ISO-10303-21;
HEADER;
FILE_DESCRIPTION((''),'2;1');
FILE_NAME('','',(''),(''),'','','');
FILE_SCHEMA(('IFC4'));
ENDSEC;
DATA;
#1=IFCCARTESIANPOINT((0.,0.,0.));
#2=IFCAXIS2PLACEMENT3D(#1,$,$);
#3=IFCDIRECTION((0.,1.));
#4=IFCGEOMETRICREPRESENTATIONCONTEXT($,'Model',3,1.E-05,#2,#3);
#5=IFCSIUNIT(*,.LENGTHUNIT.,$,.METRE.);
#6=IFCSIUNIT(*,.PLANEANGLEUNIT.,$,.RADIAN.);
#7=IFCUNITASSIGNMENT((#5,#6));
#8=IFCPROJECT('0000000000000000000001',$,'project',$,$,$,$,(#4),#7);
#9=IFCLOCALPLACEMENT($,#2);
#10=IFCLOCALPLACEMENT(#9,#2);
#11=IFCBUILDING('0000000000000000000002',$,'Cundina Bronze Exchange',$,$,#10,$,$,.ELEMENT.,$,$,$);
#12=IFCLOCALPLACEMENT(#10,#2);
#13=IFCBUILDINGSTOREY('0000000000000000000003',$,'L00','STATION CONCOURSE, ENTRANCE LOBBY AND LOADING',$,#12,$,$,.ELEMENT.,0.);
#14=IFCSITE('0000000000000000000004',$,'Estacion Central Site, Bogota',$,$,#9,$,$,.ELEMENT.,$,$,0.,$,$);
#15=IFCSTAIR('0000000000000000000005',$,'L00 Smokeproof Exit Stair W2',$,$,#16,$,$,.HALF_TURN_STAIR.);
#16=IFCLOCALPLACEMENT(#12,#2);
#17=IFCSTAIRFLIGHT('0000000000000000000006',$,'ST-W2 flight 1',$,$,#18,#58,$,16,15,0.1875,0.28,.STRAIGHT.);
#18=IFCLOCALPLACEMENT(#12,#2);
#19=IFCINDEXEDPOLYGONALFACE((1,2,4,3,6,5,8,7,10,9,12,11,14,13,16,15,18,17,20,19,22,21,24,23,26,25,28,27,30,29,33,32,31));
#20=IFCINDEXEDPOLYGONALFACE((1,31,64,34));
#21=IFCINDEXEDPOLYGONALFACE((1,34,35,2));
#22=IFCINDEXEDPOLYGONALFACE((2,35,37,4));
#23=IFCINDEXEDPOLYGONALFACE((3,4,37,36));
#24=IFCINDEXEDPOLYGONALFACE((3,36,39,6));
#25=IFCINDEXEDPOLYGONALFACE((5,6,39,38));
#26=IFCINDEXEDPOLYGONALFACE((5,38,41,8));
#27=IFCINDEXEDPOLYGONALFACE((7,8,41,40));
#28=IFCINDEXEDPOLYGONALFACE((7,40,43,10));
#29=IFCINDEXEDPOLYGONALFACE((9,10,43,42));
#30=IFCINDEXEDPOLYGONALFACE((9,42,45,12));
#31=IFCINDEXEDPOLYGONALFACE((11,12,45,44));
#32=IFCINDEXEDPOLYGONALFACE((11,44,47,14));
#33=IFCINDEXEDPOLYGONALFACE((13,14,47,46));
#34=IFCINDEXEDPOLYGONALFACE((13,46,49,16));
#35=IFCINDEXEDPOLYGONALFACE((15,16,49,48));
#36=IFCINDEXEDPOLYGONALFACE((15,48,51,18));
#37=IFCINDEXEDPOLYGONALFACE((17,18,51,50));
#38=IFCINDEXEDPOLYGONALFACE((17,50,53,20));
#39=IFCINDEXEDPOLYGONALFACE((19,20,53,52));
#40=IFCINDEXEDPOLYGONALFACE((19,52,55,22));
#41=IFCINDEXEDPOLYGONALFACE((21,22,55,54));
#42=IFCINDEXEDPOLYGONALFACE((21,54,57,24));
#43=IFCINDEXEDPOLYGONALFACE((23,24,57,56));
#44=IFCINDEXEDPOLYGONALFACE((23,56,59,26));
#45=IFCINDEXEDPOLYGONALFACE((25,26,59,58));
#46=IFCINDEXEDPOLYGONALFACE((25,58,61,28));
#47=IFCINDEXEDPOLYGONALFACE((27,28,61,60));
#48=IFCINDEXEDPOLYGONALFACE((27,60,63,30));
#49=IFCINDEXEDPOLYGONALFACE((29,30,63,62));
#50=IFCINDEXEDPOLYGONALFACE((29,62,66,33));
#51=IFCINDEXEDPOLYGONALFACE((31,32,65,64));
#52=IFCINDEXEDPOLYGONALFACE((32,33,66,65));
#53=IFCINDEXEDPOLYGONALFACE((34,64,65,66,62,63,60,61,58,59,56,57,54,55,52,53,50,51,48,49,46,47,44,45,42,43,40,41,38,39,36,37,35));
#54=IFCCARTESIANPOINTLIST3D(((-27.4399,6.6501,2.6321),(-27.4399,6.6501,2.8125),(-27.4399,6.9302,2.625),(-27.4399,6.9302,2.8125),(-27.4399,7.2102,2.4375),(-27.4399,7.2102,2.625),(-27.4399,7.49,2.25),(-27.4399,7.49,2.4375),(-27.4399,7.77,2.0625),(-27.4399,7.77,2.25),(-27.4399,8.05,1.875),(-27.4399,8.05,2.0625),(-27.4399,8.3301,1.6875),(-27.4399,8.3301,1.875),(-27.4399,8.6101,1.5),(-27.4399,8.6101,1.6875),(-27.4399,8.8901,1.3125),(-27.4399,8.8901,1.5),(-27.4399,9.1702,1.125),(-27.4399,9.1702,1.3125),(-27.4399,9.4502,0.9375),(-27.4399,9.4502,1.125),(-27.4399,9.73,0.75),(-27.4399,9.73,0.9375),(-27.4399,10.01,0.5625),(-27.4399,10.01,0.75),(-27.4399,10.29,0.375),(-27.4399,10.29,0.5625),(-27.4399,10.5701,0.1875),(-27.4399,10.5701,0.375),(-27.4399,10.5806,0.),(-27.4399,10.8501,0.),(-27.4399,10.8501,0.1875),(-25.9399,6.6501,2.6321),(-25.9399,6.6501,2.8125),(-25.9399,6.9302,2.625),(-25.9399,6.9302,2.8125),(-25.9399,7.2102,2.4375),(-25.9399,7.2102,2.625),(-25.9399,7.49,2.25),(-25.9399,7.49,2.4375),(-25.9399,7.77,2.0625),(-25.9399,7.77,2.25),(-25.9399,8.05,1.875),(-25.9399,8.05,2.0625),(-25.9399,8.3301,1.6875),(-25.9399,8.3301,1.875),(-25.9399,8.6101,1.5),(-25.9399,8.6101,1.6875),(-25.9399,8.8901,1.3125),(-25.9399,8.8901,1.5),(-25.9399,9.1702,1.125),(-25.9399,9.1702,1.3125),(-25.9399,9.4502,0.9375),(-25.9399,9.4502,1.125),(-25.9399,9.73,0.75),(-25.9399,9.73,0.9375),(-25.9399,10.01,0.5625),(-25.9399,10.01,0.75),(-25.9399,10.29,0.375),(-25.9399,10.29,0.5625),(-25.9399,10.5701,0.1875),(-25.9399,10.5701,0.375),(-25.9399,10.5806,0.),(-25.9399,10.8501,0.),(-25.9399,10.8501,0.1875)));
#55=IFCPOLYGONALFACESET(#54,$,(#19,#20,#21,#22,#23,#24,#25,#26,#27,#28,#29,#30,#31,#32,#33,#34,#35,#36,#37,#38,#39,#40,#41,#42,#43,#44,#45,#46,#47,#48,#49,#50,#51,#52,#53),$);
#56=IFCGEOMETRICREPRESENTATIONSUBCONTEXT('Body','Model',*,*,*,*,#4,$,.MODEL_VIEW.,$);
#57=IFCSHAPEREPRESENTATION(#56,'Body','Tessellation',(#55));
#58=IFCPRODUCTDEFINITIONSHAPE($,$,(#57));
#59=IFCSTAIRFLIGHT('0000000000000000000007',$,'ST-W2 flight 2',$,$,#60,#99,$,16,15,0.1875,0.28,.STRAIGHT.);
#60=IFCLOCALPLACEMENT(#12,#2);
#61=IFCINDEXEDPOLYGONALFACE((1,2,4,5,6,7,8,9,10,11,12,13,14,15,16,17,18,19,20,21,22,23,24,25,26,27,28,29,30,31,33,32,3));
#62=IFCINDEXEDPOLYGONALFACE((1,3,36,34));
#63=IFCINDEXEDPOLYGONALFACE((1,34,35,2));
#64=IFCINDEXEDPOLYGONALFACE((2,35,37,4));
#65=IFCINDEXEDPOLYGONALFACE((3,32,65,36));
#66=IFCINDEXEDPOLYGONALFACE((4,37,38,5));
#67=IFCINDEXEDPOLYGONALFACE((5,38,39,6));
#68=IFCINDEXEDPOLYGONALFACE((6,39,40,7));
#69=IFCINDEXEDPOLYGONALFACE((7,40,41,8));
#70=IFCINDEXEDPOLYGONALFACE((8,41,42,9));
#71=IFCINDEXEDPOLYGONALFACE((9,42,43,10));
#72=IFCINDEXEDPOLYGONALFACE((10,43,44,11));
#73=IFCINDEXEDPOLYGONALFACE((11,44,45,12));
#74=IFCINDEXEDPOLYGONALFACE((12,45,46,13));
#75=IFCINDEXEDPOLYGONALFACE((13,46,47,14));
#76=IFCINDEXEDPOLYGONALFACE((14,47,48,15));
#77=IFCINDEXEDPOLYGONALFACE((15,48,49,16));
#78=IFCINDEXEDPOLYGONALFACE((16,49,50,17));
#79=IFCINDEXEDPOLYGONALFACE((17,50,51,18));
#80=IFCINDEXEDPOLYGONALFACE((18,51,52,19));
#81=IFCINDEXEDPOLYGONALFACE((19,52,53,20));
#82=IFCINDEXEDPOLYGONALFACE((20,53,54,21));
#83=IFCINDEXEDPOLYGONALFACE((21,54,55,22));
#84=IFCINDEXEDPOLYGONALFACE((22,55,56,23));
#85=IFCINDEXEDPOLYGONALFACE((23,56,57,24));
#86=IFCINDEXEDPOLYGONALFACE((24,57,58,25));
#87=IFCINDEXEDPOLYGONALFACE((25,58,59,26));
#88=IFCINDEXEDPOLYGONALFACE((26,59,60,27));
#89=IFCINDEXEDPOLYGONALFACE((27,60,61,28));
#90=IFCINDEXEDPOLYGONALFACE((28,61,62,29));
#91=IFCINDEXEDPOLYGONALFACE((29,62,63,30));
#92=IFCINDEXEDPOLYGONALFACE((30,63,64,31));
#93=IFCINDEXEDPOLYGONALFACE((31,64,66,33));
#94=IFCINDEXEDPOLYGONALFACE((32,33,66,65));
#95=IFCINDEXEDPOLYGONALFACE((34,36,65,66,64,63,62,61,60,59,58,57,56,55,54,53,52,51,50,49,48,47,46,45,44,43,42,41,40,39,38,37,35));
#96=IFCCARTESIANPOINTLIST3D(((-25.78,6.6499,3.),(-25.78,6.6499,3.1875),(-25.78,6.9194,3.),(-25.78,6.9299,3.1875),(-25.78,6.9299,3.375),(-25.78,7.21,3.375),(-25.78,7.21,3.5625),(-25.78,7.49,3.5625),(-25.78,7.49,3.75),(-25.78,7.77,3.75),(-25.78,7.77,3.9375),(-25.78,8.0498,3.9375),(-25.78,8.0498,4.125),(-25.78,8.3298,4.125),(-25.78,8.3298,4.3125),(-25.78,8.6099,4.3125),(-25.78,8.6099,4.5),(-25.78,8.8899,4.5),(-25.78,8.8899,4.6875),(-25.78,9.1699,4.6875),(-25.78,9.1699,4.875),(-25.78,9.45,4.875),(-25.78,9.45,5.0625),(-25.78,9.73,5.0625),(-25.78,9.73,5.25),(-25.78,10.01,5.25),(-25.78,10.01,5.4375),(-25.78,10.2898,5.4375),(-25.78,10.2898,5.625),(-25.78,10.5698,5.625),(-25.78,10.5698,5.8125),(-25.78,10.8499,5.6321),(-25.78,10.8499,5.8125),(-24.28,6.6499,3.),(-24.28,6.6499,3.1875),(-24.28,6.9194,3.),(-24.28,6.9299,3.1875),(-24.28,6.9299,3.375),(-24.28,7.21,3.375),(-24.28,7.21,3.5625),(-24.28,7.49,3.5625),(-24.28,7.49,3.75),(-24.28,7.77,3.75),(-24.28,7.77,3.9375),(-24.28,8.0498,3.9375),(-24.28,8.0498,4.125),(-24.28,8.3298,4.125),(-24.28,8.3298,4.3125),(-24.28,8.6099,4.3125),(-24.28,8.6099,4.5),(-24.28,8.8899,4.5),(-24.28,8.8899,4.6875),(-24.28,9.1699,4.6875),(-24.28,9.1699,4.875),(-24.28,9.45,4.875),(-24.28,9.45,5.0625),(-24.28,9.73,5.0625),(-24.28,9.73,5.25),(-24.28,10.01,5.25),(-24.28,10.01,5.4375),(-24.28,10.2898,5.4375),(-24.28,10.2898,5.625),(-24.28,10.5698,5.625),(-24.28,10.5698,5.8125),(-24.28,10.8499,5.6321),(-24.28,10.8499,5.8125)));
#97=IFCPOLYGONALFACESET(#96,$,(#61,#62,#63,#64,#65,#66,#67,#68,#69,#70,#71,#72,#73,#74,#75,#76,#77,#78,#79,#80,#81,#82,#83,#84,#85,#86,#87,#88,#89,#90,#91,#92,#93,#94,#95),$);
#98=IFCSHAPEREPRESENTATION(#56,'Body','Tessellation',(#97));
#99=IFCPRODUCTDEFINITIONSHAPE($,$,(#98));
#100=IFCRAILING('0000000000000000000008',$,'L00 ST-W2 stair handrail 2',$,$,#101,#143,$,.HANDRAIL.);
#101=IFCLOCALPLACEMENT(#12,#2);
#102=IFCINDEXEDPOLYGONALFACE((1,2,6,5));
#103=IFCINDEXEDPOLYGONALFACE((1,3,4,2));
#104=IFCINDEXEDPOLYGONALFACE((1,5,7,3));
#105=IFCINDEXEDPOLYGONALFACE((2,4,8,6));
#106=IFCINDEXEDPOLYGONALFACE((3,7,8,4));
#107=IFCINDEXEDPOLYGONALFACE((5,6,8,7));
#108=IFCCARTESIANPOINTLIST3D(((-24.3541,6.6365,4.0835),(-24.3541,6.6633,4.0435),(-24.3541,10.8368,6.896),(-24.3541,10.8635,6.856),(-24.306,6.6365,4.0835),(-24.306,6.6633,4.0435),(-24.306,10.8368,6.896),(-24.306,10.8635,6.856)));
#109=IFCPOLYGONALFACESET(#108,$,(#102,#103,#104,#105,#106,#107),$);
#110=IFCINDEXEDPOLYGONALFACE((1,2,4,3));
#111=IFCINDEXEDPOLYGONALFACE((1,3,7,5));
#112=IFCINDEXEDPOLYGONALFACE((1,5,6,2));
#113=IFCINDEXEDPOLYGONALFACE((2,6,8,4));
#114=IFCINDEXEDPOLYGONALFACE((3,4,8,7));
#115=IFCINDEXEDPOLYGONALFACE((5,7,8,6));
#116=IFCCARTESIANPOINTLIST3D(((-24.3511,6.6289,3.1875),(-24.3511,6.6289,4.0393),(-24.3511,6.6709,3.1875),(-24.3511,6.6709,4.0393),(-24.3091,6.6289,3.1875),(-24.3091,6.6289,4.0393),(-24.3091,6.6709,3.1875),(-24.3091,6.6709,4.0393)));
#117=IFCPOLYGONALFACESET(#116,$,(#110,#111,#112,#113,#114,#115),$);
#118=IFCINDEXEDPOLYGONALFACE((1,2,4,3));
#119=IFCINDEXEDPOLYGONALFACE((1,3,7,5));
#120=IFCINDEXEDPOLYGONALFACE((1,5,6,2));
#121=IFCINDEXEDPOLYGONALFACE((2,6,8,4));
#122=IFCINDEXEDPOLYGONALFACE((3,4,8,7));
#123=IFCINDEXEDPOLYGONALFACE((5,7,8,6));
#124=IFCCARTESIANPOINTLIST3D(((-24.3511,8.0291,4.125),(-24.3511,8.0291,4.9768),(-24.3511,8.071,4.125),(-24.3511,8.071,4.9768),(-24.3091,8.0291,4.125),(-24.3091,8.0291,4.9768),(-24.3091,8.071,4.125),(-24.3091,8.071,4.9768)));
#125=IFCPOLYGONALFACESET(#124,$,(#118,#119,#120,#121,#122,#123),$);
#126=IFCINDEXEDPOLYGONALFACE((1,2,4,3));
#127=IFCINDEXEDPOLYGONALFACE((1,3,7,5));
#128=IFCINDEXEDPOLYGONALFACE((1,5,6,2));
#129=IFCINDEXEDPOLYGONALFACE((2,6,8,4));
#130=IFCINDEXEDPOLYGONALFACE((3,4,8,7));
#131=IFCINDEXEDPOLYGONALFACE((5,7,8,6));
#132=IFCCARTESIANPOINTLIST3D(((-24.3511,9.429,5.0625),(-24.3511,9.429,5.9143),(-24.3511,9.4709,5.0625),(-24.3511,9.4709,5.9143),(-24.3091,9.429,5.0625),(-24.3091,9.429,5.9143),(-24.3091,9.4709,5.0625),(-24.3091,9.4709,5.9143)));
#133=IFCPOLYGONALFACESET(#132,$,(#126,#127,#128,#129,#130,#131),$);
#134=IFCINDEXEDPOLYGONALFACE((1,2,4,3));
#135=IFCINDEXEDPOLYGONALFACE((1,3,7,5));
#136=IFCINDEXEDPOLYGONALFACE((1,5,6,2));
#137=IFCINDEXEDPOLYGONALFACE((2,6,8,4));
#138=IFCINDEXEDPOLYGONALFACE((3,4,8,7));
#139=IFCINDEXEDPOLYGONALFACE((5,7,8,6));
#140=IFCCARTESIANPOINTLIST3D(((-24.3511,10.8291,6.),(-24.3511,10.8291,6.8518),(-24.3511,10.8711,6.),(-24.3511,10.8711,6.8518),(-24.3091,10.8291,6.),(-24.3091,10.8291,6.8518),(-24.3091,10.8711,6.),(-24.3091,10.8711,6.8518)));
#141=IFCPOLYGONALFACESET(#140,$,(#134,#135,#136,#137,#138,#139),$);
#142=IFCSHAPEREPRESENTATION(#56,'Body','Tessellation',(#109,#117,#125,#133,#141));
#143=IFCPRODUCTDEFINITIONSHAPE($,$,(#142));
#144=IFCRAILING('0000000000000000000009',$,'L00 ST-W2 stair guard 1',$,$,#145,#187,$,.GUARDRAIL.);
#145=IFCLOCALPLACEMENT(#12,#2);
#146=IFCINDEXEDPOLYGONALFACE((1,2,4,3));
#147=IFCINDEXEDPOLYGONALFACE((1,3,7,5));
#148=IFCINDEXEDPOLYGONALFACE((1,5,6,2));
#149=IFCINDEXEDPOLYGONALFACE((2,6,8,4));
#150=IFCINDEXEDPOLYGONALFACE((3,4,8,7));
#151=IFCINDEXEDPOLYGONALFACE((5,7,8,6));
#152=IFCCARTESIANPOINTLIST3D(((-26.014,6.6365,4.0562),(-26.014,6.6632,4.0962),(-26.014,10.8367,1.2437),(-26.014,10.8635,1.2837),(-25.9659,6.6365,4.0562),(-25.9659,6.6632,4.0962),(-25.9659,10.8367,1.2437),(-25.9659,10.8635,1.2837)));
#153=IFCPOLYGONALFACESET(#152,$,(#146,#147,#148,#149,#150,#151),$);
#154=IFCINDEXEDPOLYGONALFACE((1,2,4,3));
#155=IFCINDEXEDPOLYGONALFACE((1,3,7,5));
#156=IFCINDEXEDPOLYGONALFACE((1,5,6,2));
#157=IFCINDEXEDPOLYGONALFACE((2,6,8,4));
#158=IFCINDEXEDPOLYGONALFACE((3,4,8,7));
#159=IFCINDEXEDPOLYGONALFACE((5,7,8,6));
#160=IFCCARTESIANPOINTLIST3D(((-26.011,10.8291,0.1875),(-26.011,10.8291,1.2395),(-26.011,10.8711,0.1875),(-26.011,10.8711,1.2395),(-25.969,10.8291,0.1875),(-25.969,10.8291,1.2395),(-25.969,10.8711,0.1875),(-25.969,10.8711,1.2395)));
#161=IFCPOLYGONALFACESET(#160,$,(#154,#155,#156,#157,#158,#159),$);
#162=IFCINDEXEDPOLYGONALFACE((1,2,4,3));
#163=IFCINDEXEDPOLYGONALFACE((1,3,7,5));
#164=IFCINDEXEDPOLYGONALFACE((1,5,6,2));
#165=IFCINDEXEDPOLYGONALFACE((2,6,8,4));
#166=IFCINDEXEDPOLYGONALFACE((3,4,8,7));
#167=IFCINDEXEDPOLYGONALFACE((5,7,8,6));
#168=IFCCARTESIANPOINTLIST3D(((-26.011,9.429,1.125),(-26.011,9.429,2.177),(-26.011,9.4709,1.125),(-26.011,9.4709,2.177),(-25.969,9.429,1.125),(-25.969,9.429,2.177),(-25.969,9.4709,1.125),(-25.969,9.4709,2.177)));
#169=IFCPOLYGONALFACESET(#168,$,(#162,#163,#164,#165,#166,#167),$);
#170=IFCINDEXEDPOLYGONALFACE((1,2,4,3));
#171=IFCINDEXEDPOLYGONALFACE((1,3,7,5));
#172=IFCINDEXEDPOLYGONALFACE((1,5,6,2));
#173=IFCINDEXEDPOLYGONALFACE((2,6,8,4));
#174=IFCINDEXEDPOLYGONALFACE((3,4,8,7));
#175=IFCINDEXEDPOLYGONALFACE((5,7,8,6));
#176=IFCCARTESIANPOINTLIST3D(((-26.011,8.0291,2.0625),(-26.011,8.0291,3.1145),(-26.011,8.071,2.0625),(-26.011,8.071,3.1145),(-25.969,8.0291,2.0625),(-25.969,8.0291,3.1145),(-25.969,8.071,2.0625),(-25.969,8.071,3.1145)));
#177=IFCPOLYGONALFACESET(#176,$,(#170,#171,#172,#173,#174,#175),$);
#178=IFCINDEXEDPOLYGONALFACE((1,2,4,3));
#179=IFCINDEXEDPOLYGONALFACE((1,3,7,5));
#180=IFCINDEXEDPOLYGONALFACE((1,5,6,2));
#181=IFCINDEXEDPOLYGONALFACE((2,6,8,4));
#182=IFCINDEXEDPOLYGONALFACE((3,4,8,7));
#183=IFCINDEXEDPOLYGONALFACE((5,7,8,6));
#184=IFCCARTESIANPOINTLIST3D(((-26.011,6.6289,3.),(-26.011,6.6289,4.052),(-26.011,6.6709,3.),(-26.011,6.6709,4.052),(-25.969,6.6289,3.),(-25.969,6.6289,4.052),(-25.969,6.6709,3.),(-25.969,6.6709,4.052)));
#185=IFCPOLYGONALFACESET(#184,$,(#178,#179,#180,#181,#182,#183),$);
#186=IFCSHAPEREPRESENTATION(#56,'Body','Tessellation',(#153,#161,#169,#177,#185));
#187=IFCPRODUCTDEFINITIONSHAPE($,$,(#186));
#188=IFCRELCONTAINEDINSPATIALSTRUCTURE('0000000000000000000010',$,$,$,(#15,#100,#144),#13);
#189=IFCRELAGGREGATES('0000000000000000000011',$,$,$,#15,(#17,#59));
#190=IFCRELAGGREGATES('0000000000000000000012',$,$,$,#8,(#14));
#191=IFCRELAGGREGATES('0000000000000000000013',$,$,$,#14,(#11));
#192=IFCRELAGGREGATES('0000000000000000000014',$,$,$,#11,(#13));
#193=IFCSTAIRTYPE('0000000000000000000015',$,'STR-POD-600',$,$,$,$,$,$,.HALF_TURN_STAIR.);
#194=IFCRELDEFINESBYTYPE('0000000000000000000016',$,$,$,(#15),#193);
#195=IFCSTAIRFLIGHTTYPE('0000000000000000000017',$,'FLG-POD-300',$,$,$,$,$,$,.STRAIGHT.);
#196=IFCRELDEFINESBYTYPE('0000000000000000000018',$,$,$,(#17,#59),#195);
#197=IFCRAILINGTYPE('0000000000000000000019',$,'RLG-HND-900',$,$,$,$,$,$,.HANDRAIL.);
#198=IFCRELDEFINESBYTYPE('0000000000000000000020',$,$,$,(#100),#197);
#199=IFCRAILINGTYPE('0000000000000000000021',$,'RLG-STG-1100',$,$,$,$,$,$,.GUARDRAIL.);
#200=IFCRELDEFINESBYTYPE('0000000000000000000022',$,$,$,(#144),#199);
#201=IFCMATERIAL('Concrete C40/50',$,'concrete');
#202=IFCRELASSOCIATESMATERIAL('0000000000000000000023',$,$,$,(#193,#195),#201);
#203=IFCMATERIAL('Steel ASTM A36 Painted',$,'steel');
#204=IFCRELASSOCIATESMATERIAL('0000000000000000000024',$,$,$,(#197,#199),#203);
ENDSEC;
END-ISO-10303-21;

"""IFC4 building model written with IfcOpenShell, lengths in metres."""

from ifc_helpers import new_model, si_unit, direction, frame, origin, origin_2d, place, context, subcontext, project, spatial, polyline, rectangle, outline, extrude, material, type_object, element, aggregate, save


model = new_model("IFC4")

# Units and contexts
model_context = context("Model", 3, precision=1e-05, world=origin(), true_north=direction((0.0, 1.0)))
body_context = subcontext(model_context, "Body", "Model", "MODEL_VIEW")
ifc_project = project(units=[si_unit("LENGTHUNIT", "METRE"), si_unit("PLANEANGLEUNIT", "RADIAN")], contexts=[model_context])

# Site, building, storey
site_placement = place(None, origin())
site = spatial("IfcSite", under=ifc_project, at=site_placement, Name="Estacion Central Site, Bogota", CompositionType="ELEMENT", RefElevation=0.0)
building_placement = place(site_placement, origin())
building = spatial("IfcBuilding", under=site, at=building_placement, Name="Cundina Bronze Exchange", CompositionType="ELEMENT")
storey_placement = place(building_placement, origin())
storey = spatial("IfcBuildingStorey", under=building, at=storey_placement, Name="L00", Description="STATION CONCOURSE, ENTRANCE LOBBY AND LOADING", CompositionType="ELEMENT", Elevation=0.0)

# Shared definitions
ifc_material_1 = material(Name="Concrete C40/50", Category="concrete")

# Shared definitions
ifc_material_2 = material(Name="Steel ASTM A36 Painted", Category="steel")

# Stair, stair flights
stair_type = type_object("IfcStairType", Name="STR-POD-600", PredefinedType="HALF_TURN_STAIR", material=ifc_material_1)
stair_placement = place(storey_placement, origin())
stair = element("IfcStair", 1, at=stair_placement, inside=storey, type_object=stair_type, Name="L00 Smokeproof Exit Stair W2", PredefinedType="HALF_TURN_STAIR")
stair_flight_type = type_object("IfcStairFlightType", Name="FLG-POD-300", PredefinedType="STRAIGHT", material=ifc_material_1)
stair_flight_1_placement = place(storey_placement, frame((-26.6899, 10.8501, 0.0), z_axis=(0.0, 0.0, 1.0), x_axis=(0.0, -1.0, 0.0)))
stair_flight_1 = element("IfcStairFlight", 2, at=stair_flight_1_placement, type_object=stair_flight_type, Name="ST-W2 flight 1", NumberOfRisers=16, NumberOfTreads=15, PredefinedType="STRAIGHT", RiserHeight=0.1875, TreadLength=0.28, context=body_context, shape_type="SweptSolid", body=[
    extrude(outline(polyline([(0.0, 0.0), (0.0, 0.1875), (0.28, 0.1875), (0.28, 0.375), (0.5601, 0.375), (0.5601, 0.5625), (0.8401, 0.5625), (0.8401, 0.75), (1.1201, 0.75), (1.1201, 0.9375), (1.3999, 0.9375), (1.3999, 1.125), (1.6799, 1.125), (1.6799, 1.3125), (1.96, 1.3125), (1.96, 1.5), (2.24, 1.5), (2.24, 1.6875), (2.52, 1.6875), (2.52, 1.875), (2.8, 1.875), (2.8, 2.0625), (3.0801, 2.0625), (3.0801, 2.25), (3.3601, 2.25), (3.3601, 2.4375), (3.6399, 2.4375), (3.6399, 2.625), (3.9199, 2.625), (3.9199, 2.8125), (4.2, 2.8125), (4.2, 3.0), (4.2, 2.6321), (0.2695, 0.0), (0.0, 0.0)])), frame((0.0, 0.75, 0.0), z_axis=(0.0, -1.0, 0.0), x_axis=(1.0, 0.0, 0.0)), (0.0, 0.0, 1.0), 1.5),
])
stair_flight_2_placement = place(storey_placement, frame((-25.03, 6.6499, 3.0), z_axis=(0.0, 0.0, 1.0), x_axis=(0.0, 1.0, 0.0)))
stair_flight_2 = element("IfcStairFlight", 3, at=stair_flight_2_placement, type_object=stair_flight_type, Name="ST-W2 flight 2", NumberOfRisers=16, NumberOfTreads=15, PredefinedType="STRAIGHT", RiserHeight=0.1875, TreadLength=0.28, context=body_context, shape_type="SweptSolid", body=[
    extrude(outline(polyline([(0.0, 0.0), (0.0, 0.1875), (0.28, 0.1875), (0.28, 0.375), (0.5601, 0.375), (0.5601, 0.5625), (0.8401, 0.5625), (0.8401, 0.75), (1.1201, 0.75), (1.1201, 0.9375), (1.3999, 0.9375), (1.3999, 1.125), (1.6799, 1.125), (1.6799, 1.3125), (1.96, 1.3125), (1.96, 1.5), (2.24, 1.5), (2.24, 1.6875), (2.52, 1.6875), (2.52, 1.875), (2.8, 1.875), (2.8, 2.0625), (3.0801, 2.0625), (3.0801, 2.25), (3.3601, 2.25), (3.3601, 2.4375), (3.6399, 2.4375), (3.6399, 2.625), (3.9199, 2.625), (3.9199, 2.8125), (4.2, 2.8125), (4.2, 3.0), (4.2, 2.6321), (0.2695, 0.0), (0.0, 0.0)])), frame((0.0, 0.75, 0.0), z_axis=(0.0, -1.0, 0.0), x_axis=(1.0, 0.0, 0.0)), (0.0, 0.0, 1.0), 1.5),
])
aggregate(stair, [stair_flight_1, stair_flight_2])

# Railings
railing_type_1 = type_object("IfcRailingType", Name="RLG-HND-900", PredefinedType="HANDRAIL", material=ifc_material_2)
railing_1_placement = place(storey_placement, frame((-24.3301, 6.6499, 3.1875)))
element("IfcRailing", 4, at=railing_1_placement, inside=storey, type_object=railing_type_1, Name="L00 ST-W2 stair handrail 2", PredefinedType="HANDRAIL", context=body_context, shape_type="SweptSolid", body=[
    extrude(rectangle(XDim=0.0481, YDim=0.0481, at=origin_2d()), frame((0.0, 0.0, 0.876), z_axis=(0.0, 0.830919, 0.556393), x_axis=(-1.0, 0.0, 0.0)), (0.0, 0.0, 1.0), 5.0549),
    extrude(rectangle(XDim=0.042, YDim=0.042, at=origin_2d()), origin(), (0.0, 0.0, 1.0), 0.8518),
    extrude(rectangle(XDim=0.042, YDim=0.042, at=origin_2d()), frame((0.0, 1.4001, 0.9375)), (0.0, 0.0, 1.0), 0.8518),
    extrude(rectangle(XDim=0.042, YDim=0.042, at=origin_2d()), frame((0.0, 2.8, 1.875)), (0.0, 0.0, 1.0), 0.8518),
    extrude(rectangle(XDim=0.042, YDim=0.042, at=origin_2d()), frame((0.0, 4.2002, 2.8125)), (0.0, 0.0, 1.0), 0.8518),
])
railing_type_2 = type_object("IfcRailingType", Name="RLG-STG-1100", PredefinedType="GUARDRAIL", material=ifc_material_2)
railing_2_placement = place(storey_placement, frame((-25.99, 10.8501, 0.1875)))
element("IfcRailing", 5, at=railing_2_placement, inside=storey, type_object=railing_type_2, Name="L00 ST-W2 stair guard 1", PredefinedType="GUARDRAIL", context=body_context, shape_type="SweptSolid", body=[
    extrude(rectangle(XDim=0.0481, YDim=0.0481, at=origin_2d()), frame((0.0, 0.0, 1.0762), z_axis=(0.0, -0.830919, 0.556393), x_axis=(1.0, 0.0, 0.0)), (0.0, 0.0, 1.0), 5.0549),
    extrude(rectangle(XDim=0.042, YDim=0.042, at=origin_2d()), origin(), (0.0, 0.0, 1.0), 1.052),
    extrude(rectangle(XDim=0.042, YDim=0.042, at=origin_2d()), frame((0.0, -1.4001, 0.9375)), (0.0, 0.0, 1.0), 1.052),
    extrude(rectangle(XDim=0.042, YDim=0.042, at=origin_2d()), frame((0.0, -2.8, 1.875)), (0.0, 0.0, 1.0), 1.052),
    extrude(rectangle(XDim=0.042, YDim=0.042, at=origin_2d()), frame((0.0, -4.2002, 2.8125)), (0.0, 0.0, 1.0), 1.052),
])

save(model, "model.ifc")
